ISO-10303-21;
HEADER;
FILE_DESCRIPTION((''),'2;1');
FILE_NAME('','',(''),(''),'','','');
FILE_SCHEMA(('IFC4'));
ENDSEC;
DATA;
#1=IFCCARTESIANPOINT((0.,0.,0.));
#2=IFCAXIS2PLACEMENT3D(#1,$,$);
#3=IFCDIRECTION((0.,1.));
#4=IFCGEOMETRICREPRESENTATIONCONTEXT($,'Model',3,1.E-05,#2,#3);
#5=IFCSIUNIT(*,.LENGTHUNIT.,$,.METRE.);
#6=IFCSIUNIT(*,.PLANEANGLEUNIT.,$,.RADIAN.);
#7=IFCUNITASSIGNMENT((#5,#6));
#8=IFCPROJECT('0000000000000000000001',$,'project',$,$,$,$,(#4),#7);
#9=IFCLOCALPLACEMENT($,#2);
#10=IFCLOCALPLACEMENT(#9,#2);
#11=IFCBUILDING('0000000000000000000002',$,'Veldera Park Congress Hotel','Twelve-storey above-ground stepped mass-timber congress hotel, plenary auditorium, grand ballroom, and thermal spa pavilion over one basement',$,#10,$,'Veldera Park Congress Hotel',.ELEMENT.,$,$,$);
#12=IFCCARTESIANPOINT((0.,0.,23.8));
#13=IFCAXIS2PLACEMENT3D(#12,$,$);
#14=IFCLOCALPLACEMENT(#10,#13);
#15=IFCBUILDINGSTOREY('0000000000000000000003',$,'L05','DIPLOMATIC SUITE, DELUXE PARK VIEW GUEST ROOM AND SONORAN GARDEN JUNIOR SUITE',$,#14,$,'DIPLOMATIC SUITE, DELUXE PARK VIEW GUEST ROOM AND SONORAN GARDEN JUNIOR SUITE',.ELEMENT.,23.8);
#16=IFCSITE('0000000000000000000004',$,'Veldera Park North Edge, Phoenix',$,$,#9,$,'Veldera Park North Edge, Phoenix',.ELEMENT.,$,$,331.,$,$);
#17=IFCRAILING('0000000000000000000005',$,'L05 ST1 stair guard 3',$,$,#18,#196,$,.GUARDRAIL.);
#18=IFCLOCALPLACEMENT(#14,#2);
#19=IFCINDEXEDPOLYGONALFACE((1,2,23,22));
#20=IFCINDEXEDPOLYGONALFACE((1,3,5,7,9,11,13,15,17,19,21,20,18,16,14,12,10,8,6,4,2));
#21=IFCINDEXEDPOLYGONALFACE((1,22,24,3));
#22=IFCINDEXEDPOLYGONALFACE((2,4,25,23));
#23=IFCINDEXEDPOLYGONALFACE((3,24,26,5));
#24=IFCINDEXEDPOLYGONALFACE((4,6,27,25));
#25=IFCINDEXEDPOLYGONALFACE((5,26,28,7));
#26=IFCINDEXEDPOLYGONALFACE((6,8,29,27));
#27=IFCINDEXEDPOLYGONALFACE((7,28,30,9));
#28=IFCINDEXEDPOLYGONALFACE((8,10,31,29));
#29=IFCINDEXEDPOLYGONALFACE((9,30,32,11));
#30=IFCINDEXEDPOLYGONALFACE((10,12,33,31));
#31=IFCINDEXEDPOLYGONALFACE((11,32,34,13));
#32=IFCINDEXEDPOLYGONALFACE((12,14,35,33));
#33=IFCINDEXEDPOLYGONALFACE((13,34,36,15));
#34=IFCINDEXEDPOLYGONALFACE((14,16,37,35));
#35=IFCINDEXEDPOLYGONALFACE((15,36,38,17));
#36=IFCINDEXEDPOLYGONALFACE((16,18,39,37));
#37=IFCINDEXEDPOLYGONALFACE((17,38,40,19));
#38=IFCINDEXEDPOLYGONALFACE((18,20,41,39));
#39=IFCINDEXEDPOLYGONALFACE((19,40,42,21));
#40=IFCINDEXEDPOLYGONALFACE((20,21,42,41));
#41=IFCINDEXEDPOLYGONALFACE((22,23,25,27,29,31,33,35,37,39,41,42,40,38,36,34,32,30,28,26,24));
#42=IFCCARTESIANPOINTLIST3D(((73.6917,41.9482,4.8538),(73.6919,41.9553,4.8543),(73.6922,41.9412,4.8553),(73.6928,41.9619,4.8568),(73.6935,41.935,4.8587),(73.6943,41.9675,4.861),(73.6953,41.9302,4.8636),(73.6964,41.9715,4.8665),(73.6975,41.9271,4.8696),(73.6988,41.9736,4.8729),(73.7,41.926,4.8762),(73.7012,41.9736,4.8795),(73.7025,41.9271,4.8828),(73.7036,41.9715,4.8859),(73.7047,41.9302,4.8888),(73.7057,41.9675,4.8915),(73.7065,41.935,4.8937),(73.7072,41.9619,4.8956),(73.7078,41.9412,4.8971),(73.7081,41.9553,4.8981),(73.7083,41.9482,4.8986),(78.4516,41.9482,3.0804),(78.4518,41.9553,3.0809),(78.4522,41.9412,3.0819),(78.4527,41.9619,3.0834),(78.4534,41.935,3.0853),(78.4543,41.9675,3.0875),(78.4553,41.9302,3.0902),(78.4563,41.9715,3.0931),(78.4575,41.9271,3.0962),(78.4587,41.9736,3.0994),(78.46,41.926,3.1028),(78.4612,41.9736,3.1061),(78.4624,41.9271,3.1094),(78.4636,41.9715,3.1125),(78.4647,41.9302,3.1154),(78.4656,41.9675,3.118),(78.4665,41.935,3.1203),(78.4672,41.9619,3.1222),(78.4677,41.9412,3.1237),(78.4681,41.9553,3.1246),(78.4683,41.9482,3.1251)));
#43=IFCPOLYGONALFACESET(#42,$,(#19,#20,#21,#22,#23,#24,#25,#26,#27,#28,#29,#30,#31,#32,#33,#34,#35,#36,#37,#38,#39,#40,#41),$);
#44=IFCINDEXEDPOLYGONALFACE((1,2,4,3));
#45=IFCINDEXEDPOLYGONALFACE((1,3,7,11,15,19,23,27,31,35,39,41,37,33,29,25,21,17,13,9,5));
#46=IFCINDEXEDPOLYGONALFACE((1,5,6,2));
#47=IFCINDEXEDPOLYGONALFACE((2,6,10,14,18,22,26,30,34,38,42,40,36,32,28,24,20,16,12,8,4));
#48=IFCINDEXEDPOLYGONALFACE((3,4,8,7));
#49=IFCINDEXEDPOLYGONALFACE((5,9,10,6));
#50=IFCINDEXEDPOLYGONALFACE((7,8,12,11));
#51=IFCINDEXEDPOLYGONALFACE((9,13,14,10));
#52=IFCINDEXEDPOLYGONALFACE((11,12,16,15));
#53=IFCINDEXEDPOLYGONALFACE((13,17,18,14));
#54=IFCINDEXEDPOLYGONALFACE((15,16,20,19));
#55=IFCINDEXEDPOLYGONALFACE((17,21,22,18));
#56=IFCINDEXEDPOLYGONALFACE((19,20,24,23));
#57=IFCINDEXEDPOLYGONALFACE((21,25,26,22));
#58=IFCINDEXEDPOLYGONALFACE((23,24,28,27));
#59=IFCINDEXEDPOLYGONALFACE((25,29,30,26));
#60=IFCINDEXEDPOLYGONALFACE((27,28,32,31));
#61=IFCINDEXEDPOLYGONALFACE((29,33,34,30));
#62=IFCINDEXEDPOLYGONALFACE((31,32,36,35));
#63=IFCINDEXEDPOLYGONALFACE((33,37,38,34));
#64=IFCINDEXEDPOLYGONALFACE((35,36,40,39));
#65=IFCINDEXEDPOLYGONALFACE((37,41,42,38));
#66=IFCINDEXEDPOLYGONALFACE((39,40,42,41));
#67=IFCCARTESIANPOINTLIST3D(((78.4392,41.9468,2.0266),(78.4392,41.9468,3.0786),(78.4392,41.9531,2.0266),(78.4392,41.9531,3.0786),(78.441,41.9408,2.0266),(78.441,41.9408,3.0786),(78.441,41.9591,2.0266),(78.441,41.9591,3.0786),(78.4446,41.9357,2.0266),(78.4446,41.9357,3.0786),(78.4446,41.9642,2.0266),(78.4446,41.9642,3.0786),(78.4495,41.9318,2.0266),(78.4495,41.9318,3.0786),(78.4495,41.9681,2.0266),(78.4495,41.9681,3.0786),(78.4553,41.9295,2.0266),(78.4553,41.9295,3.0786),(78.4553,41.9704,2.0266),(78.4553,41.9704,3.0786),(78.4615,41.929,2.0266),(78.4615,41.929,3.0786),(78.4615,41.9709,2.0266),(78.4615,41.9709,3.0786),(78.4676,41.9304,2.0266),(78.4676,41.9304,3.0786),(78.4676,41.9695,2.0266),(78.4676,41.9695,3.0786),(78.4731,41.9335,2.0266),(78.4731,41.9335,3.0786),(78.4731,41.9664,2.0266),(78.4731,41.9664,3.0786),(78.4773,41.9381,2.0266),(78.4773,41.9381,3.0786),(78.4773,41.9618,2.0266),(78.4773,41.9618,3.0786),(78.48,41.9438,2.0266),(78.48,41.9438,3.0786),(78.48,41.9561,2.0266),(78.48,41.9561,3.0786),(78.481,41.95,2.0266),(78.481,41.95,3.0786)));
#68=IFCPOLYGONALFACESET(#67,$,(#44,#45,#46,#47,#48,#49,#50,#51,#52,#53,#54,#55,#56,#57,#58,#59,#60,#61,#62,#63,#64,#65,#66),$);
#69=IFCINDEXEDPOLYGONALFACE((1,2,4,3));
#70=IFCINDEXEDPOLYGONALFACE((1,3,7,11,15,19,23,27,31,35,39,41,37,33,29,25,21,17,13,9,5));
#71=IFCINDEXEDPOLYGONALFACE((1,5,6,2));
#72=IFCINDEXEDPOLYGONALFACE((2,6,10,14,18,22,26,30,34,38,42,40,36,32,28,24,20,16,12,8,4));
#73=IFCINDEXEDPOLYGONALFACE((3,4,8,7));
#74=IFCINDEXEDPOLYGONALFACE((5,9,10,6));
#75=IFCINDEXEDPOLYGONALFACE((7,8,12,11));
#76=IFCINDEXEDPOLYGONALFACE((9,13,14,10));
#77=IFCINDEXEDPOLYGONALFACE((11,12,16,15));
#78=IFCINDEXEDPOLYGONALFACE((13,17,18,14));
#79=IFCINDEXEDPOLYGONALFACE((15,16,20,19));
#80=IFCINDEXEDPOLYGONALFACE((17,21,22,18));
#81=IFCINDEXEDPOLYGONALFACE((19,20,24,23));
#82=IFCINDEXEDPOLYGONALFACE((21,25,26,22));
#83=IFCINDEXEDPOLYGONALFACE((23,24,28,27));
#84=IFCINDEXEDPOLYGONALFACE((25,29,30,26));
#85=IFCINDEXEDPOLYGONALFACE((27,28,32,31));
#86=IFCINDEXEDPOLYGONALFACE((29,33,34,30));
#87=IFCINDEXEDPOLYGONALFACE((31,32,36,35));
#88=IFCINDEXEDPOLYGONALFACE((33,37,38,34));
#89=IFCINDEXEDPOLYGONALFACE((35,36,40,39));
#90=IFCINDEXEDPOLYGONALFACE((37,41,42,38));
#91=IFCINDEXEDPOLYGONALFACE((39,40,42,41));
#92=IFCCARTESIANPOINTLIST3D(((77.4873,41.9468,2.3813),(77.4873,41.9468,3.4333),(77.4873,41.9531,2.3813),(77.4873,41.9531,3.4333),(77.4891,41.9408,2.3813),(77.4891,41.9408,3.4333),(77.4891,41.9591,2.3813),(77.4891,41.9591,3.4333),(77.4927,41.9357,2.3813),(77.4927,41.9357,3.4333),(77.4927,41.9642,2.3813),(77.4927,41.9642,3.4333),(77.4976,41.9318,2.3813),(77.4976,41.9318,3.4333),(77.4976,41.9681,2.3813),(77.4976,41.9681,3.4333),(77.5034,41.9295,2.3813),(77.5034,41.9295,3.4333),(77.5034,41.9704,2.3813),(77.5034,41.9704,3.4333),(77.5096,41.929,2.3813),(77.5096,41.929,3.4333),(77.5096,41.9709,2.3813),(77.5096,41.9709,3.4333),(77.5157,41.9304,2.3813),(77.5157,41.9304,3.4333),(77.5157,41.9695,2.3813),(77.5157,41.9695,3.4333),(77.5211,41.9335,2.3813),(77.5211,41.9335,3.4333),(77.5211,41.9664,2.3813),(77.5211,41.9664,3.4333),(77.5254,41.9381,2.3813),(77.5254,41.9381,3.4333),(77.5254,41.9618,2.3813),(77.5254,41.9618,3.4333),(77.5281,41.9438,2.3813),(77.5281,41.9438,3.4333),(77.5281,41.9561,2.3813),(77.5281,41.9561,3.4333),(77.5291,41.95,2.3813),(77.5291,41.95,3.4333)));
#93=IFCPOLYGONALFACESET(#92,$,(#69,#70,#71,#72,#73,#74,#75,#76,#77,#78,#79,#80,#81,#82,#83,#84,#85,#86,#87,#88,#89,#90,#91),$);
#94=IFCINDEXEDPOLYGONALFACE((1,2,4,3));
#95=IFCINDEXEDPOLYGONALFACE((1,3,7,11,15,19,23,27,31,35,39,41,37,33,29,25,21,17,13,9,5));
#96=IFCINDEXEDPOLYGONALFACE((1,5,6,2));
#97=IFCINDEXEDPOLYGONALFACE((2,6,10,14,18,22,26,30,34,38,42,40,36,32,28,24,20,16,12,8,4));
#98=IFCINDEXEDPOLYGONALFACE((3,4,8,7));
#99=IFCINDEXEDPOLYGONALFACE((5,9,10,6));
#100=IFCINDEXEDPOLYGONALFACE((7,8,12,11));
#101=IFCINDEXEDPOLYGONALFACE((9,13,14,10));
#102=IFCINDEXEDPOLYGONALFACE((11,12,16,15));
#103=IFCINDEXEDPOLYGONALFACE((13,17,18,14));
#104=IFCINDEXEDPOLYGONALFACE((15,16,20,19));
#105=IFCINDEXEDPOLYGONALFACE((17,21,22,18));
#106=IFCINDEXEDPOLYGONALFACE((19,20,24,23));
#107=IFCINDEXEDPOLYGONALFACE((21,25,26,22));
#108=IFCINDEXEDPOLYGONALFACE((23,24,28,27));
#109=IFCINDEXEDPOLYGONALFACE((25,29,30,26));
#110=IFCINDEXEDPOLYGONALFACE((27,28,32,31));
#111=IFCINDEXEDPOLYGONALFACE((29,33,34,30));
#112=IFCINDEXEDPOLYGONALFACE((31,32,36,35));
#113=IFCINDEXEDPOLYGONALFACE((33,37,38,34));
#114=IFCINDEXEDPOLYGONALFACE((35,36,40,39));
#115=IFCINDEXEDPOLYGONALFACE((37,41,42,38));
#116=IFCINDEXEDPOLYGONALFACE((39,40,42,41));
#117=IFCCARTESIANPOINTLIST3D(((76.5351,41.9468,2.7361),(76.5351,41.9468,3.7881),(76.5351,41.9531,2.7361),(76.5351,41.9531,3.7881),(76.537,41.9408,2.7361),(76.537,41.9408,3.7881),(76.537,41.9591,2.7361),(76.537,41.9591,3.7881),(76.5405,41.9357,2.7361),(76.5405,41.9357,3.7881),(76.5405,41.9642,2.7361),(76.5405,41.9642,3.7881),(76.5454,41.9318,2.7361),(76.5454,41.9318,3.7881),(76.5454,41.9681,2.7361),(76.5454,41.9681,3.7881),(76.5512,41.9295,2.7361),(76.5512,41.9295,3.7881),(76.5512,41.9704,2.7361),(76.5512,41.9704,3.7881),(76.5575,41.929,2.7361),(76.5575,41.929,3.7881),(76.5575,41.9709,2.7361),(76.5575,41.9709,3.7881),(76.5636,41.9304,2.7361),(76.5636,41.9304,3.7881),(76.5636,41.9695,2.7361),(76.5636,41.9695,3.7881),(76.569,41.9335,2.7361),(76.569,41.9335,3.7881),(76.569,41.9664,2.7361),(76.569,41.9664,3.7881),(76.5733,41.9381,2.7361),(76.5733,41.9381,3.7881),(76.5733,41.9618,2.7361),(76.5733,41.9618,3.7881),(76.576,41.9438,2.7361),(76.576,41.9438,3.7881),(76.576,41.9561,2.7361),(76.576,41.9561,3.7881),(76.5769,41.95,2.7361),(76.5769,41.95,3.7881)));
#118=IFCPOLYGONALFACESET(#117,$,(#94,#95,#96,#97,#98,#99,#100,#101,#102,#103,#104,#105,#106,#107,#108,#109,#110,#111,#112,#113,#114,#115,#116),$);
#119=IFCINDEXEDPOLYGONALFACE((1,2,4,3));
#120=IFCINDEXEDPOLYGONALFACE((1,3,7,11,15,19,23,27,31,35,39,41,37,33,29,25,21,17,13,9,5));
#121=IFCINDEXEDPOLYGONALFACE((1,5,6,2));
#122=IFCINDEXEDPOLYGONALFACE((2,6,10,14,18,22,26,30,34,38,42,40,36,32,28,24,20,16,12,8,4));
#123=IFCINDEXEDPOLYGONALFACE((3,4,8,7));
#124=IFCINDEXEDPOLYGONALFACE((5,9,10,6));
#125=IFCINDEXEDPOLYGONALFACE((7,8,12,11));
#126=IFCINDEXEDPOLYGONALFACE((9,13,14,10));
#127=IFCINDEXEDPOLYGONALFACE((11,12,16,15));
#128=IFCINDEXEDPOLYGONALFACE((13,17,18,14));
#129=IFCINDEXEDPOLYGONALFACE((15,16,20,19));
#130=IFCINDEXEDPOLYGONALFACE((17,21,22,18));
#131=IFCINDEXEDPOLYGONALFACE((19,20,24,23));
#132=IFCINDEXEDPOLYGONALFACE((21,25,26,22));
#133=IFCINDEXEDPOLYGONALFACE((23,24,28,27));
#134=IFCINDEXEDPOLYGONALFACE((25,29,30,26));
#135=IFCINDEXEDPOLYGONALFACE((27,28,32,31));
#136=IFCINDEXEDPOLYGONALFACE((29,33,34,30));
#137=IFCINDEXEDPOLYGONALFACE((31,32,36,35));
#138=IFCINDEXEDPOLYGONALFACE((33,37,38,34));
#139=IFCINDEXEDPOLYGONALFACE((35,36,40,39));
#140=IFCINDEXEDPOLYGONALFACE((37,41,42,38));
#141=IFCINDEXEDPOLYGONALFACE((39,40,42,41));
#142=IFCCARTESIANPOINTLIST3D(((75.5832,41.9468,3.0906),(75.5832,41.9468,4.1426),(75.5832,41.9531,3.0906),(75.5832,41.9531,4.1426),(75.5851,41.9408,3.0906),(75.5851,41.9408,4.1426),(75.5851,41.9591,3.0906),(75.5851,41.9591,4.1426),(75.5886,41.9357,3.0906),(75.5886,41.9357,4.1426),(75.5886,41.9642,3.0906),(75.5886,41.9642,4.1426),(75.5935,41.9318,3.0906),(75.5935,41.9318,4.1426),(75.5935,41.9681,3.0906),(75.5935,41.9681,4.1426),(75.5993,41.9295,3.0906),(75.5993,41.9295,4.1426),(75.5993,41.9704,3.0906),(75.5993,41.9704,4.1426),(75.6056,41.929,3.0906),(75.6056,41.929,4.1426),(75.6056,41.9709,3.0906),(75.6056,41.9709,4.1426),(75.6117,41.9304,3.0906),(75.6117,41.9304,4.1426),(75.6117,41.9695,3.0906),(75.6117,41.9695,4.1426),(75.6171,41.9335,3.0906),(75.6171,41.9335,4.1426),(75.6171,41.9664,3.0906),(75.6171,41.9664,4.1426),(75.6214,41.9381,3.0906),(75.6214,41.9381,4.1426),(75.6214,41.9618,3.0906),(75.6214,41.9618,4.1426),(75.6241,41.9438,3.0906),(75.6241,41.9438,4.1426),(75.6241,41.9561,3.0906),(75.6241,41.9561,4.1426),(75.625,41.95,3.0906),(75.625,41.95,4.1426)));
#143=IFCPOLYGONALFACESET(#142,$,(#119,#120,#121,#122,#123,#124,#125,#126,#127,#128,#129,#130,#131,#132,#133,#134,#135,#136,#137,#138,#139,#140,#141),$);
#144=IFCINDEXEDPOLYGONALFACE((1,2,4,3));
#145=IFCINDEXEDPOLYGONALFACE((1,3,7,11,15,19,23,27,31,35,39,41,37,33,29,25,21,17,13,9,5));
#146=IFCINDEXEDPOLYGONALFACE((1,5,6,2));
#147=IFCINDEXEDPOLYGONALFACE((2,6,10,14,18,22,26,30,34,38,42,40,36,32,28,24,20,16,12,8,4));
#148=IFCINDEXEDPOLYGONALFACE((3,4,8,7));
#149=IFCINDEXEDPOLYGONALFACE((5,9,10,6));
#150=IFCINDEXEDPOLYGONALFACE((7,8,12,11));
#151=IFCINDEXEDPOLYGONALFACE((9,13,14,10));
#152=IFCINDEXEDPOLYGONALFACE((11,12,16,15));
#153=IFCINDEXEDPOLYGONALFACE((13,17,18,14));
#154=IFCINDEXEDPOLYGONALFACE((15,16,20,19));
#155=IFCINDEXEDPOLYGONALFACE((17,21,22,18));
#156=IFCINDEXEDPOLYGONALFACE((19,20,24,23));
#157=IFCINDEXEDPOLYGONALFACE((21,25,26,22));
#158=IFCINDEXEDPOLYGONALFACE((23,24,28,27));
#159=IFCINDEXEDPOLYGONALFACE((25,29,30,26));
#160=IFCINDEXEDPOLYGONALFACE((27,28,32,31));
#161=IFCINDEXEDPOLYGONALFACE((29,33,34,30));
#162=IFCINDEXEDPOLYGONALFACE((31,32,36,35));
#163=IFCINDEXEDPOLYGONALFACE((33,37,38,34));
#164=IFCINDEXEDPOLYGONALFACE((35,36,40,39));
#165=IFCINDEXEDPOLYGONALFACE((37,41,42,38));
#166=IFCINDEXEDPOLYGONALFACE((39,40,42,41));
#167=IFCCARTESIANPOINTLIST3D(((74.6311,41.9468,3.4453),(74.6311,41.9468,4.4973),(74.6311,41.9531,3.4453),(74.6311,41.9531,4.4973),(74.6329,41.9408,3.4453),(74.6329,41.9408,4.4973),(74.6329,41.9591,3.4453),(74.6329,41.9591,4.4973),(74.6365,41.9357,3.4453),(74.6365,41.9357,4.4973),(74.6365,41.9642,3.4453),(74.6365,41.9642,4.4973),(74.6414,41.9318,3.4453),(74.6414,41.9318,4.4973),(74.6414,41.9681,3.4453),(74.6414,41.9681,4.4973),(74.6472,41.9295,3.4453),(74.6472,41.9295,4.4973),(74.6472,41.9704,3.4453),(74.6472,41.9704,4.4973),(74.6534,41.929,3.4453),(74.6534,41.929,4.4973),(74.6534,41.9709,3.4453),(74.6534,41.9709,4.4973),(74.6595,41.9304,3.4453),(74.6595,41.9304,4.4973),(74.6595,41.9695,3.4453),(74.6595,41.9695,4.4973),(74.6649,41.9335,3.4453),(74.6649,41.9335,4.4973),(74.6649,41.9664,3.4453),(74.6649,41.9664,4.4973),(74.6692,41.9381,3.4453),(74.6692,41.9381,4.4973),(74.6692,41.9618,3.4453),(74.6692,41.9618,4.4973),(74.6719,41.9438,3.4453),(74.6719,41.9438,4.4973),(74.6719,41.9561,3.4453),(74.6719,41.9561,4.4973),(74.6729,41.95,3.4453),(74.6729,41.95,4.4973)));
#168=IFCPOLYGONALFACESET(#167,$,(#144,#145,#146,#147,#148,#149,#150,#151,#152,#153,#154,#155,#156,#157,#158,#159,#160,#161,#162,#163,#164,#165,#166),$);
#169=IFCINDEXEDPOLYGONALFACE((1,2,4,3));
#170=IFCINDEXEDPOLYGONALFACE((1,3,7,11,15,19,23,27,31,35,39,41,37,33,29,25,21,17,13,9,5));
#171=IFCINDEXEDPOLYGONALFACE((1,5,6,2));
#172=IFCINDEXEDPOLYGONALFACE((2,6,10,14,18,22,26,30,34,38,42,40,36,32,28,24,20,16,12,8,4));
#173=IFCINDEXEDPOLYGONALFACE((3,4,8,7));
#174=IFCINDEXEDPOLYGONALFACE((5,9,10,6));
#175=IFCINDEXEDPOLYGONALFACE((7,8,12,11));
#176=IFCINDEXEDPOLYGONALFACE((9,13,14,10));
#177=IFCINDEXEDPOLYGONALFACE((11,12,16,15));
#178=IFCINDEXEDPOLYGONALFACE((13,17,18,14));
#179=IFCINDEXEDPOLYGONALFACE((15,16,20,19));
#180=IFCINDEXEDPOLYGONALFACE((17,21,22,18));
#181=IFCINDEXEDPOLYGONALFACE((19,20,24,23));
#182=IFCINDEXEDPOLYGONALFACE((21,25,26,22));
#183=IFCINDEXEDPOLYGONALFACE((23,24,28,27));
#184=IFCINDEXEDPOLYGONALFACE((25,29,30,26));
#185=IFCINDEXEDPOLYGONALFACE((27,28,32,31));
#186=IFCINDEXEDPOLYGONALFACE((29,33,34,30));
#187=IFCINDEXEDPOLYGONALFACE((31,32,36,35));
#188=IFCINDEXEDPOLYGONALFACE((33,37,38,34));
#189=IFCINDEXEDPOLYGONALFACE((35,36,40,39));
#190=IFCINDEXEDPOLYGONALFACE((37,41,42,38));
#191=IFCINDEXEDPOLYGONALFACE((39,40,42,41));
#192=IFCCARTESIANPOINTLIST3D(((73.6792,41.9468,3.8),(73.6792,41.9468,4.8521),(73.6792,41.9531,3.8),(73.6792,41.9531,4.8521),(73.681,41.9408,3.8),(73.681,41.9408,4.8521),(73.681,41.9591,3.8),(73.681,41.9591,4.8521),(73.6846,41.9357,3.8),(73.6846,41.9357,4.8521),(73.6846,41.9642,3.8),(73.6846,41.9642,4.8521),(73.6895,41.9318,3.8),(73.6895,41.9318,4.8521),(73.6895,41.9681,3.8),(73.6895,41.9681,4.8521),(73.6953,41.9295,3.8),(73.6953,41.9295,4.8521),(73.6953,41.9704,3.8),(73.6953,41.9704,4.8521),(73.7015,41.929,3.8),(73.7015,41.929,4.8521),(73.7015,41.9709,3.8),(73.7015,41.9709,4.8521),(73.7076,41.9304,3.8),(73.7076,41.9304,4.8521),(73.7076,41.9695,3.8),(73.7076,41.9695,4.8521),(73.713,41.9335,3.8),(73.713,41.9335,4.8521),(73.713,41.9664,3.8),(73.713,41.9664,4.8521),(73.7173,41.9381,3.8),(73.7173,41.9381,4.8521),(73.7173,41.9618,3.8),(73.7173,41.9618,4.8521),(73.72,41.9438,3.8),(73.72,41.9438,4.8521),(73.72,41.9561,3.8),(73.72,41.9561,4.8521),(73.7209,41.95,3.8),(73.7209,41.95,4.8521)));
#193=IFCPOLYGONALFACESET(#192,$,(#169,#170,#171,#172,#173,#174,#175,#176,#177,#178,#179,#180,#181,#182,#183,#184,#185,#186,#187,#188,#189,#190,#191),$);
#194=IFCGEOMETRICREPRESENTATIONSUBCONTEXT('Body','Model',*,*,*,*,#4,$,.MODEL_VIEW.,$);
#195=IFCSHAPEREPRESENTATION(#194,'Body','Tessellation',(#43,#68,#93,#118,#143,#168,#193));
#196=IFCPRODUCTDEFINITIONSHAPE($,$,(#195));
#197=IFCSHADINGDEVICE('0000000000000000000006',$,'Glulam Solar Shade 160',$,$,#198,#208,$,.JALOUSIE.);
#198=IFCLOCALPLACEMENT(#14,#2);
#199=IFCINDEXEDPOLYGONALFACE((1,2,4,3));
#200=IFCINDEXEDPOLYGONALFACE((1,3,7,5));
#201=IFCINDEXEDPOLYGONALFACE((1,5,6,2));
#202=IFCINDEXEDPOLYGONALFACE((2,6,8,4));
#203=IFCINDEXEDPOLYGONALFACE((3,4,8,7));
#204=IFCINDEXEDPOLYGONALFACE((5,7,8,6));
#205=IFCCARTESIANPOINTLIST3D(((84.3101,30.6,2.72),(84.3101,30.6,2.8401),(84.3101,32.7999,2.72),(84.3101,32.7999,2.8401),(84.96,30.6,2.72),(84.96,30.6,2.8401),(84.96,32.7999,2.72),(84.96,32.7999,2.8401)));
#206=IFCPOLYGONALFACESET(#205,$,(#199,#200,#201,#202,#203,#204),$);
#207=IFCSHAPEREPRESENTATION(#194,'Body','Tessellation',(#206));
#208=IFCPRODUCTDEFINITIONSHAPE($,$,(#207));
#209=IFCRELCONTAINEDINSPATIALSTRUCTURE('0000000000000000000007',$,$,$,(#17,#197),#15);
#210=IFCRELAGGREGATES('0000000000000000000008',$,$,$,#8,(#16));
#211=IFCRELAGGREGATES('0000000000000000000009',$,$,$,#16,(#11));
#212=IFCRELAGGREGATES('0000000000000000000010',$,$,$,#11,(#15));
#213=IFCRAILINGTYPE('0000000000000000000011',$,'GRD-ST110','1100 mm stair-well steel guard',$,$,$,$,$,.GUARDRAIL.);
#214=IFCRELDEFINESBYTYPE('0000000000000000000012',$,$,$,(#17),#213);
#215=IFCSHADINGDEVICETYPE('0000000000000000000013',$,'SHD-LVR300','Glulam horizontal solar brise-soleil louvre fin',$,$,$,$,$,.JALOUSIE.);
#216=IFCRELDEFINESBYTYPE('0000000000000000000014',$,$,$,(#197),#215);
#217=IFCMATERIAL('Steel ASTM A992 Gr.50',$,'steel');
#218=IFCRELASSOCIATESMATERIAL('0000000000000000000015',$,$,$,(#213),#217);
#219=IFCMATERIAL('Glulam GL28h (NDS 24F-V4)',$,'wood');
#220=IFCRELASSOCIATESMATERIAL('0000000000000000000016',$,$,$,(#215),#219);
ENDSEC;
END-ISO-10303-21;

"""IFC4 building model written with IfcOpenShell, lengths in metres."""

from ifc_helpers import new_model, si_unit, direction, frame, origin, origin_2d, place, context, subcontext, project, spatial, rectangle, circle, extrude, material, type_object, element, save


model = new_model("IFC4")

# Units and contexts
model_context = context("Model", 3, precision=1e-05, world=origin(), true_north=direction((0.0, 1.0)))
body_context = subcontext(model_context, "Body", "Model", "MODEL_VIEW")
ifc_project = project(units=[si_unit("LENGTHUNIT", "METRE"), si_unit("PLANEANGLEUNIT", "RADIAN")], contexts=[model_context])

# Site, building, storey
site_placement = place(None, origin())
site = spatial("IfcSite", under=ifc_project, at=site_placement, Name="Veldera Park North Edge, Phoenix", LongName="Veldera Park North Edge, Phoenix", CompositionType="ELEMENT", RefElevation=331.0)
building_placement = place(site_placement, origin())
building = spatial("IfcBuilding", under=site, at=building_placement, Name="Veldera Park Congress Hotel", Description="Twelve-storey above-ground stepped mass-timber congress hotel, plenary auditorium, grand ballroom, and thermal spa pavilion over one basement", LongName="Veldera Park Congress Hotel", CompositionType="ELEMENT")
storey_placement = place(building_placement, frame((0.0, 0.0, 23.8)))
storey = spatial("IfcBuildingStorey", under=building, at=storey_placement, Name="L05", Description="DIPLOMATIC SUITE, DELUXE PARK VIEW GUEST ROOM AND SONORAN GARDEN JUNIOR SUITE", LongName="DIPLOMATIC SUITE, DELUXE PARK VIEW GUEST ROOM AND SONORAN GARDEN JUNIOR SUITE", CompositionType="ELEMENT", Elevation=23.8)

# Shared definitions
ifc_material_1 = material(Name="Glulam GL28h (NDS 24F-V4)", Category="wood")

# Railing
ifc_material_2 = material(Name="Steel ASTM A992 Gr.50", Category="steel")
railing_type = type_object("IfcRailingType", Name="GRD-ST110", Description="1100 mm stair-well steel guard", PredefinedType="GUARDRAIL", material=ifc_material_2)
railing_1_placement = place(storey_placement, frame((78.46, 41.95, 2.0266)))
element("IfcRailing", 1, at=railing_1_placement, inside=storey, type_object=railing_type, Name="L05 ST1 stair guard 3", PredefinedType="GUARDRAIL", context=body_context, shape_type="SweptSolid", body=[
    extrude(circle(Radius=0.0239, at=origin_2d()), frame((0.0, 0.0, 1.0762), z_axis=(-0.937076, 0.0, 0.349126), x_axis=(0.0, -1.0, 0.0)), (0.0, 0.0, 1.0), 5.0796),
    extrude(circle(Radius=0.021, at=origin_2d()), origin(), (0.0, 0.0, 1.0), 1.052),
    extrude(circle(Radius=0.021, at=origin_2d()), frame((-0.9519, 0.0, 0.3547)), (0.0, 0.0, 1.0), 1.052),
    extrude(circle(Radius=0.021, at=origin_2d()), frame((-1.9041, 0.0, 0.7095)), (0.0, 0.0, 1.0), 1.052),
    extrude(circle(Radius=0.021, at=origin_2d()), frame((-2.856, 0.0, 1.064)), (0.0, 0.0, 1.0), 1.052),
    extrude(circle(Radius=0.021, at=origin_2d()), frame((-3.8081, 0.0, 1.4187)), (0.0, 0.0, 1.0), 1.052),
    extrude(circle(Radius=0.021, at=origin_2d()), frame((-4.76, 0.0, 1.7734)), (0.0, 0.0, 1.0), 1.052),
])

# Shading device
shading_device_type = type_object("IfcShadingDeviceType", Name="SHD-LVR300", Description="Glulam horizontal solar brise-soleil louvre fin", PredefinedType="JALOUSIE", material=ifc_material_1)
shading_device_placement = place(storey_placement, frame((84.635, 31.7, 2.72), z_axis=(0.0, 0.0, 1.0), x_axis=(0.0, 1.0, 0.0)))
element("IfcShadingDevice", 2, at=shading_device_placement, inside=storey, type_object=shading_device_type, Name="Glulam Solar Shade 160", PredefinedType="JALOUSIE", context=body_context, shape_type="SweptSolid", body=[
    extrude(rectangle(XDim=2.2, YDim=0.6499, at=origin_2d()), origin(), (0.0, 0.0, 1.0), 0.1201),
])

save(model, "model.ifc")
